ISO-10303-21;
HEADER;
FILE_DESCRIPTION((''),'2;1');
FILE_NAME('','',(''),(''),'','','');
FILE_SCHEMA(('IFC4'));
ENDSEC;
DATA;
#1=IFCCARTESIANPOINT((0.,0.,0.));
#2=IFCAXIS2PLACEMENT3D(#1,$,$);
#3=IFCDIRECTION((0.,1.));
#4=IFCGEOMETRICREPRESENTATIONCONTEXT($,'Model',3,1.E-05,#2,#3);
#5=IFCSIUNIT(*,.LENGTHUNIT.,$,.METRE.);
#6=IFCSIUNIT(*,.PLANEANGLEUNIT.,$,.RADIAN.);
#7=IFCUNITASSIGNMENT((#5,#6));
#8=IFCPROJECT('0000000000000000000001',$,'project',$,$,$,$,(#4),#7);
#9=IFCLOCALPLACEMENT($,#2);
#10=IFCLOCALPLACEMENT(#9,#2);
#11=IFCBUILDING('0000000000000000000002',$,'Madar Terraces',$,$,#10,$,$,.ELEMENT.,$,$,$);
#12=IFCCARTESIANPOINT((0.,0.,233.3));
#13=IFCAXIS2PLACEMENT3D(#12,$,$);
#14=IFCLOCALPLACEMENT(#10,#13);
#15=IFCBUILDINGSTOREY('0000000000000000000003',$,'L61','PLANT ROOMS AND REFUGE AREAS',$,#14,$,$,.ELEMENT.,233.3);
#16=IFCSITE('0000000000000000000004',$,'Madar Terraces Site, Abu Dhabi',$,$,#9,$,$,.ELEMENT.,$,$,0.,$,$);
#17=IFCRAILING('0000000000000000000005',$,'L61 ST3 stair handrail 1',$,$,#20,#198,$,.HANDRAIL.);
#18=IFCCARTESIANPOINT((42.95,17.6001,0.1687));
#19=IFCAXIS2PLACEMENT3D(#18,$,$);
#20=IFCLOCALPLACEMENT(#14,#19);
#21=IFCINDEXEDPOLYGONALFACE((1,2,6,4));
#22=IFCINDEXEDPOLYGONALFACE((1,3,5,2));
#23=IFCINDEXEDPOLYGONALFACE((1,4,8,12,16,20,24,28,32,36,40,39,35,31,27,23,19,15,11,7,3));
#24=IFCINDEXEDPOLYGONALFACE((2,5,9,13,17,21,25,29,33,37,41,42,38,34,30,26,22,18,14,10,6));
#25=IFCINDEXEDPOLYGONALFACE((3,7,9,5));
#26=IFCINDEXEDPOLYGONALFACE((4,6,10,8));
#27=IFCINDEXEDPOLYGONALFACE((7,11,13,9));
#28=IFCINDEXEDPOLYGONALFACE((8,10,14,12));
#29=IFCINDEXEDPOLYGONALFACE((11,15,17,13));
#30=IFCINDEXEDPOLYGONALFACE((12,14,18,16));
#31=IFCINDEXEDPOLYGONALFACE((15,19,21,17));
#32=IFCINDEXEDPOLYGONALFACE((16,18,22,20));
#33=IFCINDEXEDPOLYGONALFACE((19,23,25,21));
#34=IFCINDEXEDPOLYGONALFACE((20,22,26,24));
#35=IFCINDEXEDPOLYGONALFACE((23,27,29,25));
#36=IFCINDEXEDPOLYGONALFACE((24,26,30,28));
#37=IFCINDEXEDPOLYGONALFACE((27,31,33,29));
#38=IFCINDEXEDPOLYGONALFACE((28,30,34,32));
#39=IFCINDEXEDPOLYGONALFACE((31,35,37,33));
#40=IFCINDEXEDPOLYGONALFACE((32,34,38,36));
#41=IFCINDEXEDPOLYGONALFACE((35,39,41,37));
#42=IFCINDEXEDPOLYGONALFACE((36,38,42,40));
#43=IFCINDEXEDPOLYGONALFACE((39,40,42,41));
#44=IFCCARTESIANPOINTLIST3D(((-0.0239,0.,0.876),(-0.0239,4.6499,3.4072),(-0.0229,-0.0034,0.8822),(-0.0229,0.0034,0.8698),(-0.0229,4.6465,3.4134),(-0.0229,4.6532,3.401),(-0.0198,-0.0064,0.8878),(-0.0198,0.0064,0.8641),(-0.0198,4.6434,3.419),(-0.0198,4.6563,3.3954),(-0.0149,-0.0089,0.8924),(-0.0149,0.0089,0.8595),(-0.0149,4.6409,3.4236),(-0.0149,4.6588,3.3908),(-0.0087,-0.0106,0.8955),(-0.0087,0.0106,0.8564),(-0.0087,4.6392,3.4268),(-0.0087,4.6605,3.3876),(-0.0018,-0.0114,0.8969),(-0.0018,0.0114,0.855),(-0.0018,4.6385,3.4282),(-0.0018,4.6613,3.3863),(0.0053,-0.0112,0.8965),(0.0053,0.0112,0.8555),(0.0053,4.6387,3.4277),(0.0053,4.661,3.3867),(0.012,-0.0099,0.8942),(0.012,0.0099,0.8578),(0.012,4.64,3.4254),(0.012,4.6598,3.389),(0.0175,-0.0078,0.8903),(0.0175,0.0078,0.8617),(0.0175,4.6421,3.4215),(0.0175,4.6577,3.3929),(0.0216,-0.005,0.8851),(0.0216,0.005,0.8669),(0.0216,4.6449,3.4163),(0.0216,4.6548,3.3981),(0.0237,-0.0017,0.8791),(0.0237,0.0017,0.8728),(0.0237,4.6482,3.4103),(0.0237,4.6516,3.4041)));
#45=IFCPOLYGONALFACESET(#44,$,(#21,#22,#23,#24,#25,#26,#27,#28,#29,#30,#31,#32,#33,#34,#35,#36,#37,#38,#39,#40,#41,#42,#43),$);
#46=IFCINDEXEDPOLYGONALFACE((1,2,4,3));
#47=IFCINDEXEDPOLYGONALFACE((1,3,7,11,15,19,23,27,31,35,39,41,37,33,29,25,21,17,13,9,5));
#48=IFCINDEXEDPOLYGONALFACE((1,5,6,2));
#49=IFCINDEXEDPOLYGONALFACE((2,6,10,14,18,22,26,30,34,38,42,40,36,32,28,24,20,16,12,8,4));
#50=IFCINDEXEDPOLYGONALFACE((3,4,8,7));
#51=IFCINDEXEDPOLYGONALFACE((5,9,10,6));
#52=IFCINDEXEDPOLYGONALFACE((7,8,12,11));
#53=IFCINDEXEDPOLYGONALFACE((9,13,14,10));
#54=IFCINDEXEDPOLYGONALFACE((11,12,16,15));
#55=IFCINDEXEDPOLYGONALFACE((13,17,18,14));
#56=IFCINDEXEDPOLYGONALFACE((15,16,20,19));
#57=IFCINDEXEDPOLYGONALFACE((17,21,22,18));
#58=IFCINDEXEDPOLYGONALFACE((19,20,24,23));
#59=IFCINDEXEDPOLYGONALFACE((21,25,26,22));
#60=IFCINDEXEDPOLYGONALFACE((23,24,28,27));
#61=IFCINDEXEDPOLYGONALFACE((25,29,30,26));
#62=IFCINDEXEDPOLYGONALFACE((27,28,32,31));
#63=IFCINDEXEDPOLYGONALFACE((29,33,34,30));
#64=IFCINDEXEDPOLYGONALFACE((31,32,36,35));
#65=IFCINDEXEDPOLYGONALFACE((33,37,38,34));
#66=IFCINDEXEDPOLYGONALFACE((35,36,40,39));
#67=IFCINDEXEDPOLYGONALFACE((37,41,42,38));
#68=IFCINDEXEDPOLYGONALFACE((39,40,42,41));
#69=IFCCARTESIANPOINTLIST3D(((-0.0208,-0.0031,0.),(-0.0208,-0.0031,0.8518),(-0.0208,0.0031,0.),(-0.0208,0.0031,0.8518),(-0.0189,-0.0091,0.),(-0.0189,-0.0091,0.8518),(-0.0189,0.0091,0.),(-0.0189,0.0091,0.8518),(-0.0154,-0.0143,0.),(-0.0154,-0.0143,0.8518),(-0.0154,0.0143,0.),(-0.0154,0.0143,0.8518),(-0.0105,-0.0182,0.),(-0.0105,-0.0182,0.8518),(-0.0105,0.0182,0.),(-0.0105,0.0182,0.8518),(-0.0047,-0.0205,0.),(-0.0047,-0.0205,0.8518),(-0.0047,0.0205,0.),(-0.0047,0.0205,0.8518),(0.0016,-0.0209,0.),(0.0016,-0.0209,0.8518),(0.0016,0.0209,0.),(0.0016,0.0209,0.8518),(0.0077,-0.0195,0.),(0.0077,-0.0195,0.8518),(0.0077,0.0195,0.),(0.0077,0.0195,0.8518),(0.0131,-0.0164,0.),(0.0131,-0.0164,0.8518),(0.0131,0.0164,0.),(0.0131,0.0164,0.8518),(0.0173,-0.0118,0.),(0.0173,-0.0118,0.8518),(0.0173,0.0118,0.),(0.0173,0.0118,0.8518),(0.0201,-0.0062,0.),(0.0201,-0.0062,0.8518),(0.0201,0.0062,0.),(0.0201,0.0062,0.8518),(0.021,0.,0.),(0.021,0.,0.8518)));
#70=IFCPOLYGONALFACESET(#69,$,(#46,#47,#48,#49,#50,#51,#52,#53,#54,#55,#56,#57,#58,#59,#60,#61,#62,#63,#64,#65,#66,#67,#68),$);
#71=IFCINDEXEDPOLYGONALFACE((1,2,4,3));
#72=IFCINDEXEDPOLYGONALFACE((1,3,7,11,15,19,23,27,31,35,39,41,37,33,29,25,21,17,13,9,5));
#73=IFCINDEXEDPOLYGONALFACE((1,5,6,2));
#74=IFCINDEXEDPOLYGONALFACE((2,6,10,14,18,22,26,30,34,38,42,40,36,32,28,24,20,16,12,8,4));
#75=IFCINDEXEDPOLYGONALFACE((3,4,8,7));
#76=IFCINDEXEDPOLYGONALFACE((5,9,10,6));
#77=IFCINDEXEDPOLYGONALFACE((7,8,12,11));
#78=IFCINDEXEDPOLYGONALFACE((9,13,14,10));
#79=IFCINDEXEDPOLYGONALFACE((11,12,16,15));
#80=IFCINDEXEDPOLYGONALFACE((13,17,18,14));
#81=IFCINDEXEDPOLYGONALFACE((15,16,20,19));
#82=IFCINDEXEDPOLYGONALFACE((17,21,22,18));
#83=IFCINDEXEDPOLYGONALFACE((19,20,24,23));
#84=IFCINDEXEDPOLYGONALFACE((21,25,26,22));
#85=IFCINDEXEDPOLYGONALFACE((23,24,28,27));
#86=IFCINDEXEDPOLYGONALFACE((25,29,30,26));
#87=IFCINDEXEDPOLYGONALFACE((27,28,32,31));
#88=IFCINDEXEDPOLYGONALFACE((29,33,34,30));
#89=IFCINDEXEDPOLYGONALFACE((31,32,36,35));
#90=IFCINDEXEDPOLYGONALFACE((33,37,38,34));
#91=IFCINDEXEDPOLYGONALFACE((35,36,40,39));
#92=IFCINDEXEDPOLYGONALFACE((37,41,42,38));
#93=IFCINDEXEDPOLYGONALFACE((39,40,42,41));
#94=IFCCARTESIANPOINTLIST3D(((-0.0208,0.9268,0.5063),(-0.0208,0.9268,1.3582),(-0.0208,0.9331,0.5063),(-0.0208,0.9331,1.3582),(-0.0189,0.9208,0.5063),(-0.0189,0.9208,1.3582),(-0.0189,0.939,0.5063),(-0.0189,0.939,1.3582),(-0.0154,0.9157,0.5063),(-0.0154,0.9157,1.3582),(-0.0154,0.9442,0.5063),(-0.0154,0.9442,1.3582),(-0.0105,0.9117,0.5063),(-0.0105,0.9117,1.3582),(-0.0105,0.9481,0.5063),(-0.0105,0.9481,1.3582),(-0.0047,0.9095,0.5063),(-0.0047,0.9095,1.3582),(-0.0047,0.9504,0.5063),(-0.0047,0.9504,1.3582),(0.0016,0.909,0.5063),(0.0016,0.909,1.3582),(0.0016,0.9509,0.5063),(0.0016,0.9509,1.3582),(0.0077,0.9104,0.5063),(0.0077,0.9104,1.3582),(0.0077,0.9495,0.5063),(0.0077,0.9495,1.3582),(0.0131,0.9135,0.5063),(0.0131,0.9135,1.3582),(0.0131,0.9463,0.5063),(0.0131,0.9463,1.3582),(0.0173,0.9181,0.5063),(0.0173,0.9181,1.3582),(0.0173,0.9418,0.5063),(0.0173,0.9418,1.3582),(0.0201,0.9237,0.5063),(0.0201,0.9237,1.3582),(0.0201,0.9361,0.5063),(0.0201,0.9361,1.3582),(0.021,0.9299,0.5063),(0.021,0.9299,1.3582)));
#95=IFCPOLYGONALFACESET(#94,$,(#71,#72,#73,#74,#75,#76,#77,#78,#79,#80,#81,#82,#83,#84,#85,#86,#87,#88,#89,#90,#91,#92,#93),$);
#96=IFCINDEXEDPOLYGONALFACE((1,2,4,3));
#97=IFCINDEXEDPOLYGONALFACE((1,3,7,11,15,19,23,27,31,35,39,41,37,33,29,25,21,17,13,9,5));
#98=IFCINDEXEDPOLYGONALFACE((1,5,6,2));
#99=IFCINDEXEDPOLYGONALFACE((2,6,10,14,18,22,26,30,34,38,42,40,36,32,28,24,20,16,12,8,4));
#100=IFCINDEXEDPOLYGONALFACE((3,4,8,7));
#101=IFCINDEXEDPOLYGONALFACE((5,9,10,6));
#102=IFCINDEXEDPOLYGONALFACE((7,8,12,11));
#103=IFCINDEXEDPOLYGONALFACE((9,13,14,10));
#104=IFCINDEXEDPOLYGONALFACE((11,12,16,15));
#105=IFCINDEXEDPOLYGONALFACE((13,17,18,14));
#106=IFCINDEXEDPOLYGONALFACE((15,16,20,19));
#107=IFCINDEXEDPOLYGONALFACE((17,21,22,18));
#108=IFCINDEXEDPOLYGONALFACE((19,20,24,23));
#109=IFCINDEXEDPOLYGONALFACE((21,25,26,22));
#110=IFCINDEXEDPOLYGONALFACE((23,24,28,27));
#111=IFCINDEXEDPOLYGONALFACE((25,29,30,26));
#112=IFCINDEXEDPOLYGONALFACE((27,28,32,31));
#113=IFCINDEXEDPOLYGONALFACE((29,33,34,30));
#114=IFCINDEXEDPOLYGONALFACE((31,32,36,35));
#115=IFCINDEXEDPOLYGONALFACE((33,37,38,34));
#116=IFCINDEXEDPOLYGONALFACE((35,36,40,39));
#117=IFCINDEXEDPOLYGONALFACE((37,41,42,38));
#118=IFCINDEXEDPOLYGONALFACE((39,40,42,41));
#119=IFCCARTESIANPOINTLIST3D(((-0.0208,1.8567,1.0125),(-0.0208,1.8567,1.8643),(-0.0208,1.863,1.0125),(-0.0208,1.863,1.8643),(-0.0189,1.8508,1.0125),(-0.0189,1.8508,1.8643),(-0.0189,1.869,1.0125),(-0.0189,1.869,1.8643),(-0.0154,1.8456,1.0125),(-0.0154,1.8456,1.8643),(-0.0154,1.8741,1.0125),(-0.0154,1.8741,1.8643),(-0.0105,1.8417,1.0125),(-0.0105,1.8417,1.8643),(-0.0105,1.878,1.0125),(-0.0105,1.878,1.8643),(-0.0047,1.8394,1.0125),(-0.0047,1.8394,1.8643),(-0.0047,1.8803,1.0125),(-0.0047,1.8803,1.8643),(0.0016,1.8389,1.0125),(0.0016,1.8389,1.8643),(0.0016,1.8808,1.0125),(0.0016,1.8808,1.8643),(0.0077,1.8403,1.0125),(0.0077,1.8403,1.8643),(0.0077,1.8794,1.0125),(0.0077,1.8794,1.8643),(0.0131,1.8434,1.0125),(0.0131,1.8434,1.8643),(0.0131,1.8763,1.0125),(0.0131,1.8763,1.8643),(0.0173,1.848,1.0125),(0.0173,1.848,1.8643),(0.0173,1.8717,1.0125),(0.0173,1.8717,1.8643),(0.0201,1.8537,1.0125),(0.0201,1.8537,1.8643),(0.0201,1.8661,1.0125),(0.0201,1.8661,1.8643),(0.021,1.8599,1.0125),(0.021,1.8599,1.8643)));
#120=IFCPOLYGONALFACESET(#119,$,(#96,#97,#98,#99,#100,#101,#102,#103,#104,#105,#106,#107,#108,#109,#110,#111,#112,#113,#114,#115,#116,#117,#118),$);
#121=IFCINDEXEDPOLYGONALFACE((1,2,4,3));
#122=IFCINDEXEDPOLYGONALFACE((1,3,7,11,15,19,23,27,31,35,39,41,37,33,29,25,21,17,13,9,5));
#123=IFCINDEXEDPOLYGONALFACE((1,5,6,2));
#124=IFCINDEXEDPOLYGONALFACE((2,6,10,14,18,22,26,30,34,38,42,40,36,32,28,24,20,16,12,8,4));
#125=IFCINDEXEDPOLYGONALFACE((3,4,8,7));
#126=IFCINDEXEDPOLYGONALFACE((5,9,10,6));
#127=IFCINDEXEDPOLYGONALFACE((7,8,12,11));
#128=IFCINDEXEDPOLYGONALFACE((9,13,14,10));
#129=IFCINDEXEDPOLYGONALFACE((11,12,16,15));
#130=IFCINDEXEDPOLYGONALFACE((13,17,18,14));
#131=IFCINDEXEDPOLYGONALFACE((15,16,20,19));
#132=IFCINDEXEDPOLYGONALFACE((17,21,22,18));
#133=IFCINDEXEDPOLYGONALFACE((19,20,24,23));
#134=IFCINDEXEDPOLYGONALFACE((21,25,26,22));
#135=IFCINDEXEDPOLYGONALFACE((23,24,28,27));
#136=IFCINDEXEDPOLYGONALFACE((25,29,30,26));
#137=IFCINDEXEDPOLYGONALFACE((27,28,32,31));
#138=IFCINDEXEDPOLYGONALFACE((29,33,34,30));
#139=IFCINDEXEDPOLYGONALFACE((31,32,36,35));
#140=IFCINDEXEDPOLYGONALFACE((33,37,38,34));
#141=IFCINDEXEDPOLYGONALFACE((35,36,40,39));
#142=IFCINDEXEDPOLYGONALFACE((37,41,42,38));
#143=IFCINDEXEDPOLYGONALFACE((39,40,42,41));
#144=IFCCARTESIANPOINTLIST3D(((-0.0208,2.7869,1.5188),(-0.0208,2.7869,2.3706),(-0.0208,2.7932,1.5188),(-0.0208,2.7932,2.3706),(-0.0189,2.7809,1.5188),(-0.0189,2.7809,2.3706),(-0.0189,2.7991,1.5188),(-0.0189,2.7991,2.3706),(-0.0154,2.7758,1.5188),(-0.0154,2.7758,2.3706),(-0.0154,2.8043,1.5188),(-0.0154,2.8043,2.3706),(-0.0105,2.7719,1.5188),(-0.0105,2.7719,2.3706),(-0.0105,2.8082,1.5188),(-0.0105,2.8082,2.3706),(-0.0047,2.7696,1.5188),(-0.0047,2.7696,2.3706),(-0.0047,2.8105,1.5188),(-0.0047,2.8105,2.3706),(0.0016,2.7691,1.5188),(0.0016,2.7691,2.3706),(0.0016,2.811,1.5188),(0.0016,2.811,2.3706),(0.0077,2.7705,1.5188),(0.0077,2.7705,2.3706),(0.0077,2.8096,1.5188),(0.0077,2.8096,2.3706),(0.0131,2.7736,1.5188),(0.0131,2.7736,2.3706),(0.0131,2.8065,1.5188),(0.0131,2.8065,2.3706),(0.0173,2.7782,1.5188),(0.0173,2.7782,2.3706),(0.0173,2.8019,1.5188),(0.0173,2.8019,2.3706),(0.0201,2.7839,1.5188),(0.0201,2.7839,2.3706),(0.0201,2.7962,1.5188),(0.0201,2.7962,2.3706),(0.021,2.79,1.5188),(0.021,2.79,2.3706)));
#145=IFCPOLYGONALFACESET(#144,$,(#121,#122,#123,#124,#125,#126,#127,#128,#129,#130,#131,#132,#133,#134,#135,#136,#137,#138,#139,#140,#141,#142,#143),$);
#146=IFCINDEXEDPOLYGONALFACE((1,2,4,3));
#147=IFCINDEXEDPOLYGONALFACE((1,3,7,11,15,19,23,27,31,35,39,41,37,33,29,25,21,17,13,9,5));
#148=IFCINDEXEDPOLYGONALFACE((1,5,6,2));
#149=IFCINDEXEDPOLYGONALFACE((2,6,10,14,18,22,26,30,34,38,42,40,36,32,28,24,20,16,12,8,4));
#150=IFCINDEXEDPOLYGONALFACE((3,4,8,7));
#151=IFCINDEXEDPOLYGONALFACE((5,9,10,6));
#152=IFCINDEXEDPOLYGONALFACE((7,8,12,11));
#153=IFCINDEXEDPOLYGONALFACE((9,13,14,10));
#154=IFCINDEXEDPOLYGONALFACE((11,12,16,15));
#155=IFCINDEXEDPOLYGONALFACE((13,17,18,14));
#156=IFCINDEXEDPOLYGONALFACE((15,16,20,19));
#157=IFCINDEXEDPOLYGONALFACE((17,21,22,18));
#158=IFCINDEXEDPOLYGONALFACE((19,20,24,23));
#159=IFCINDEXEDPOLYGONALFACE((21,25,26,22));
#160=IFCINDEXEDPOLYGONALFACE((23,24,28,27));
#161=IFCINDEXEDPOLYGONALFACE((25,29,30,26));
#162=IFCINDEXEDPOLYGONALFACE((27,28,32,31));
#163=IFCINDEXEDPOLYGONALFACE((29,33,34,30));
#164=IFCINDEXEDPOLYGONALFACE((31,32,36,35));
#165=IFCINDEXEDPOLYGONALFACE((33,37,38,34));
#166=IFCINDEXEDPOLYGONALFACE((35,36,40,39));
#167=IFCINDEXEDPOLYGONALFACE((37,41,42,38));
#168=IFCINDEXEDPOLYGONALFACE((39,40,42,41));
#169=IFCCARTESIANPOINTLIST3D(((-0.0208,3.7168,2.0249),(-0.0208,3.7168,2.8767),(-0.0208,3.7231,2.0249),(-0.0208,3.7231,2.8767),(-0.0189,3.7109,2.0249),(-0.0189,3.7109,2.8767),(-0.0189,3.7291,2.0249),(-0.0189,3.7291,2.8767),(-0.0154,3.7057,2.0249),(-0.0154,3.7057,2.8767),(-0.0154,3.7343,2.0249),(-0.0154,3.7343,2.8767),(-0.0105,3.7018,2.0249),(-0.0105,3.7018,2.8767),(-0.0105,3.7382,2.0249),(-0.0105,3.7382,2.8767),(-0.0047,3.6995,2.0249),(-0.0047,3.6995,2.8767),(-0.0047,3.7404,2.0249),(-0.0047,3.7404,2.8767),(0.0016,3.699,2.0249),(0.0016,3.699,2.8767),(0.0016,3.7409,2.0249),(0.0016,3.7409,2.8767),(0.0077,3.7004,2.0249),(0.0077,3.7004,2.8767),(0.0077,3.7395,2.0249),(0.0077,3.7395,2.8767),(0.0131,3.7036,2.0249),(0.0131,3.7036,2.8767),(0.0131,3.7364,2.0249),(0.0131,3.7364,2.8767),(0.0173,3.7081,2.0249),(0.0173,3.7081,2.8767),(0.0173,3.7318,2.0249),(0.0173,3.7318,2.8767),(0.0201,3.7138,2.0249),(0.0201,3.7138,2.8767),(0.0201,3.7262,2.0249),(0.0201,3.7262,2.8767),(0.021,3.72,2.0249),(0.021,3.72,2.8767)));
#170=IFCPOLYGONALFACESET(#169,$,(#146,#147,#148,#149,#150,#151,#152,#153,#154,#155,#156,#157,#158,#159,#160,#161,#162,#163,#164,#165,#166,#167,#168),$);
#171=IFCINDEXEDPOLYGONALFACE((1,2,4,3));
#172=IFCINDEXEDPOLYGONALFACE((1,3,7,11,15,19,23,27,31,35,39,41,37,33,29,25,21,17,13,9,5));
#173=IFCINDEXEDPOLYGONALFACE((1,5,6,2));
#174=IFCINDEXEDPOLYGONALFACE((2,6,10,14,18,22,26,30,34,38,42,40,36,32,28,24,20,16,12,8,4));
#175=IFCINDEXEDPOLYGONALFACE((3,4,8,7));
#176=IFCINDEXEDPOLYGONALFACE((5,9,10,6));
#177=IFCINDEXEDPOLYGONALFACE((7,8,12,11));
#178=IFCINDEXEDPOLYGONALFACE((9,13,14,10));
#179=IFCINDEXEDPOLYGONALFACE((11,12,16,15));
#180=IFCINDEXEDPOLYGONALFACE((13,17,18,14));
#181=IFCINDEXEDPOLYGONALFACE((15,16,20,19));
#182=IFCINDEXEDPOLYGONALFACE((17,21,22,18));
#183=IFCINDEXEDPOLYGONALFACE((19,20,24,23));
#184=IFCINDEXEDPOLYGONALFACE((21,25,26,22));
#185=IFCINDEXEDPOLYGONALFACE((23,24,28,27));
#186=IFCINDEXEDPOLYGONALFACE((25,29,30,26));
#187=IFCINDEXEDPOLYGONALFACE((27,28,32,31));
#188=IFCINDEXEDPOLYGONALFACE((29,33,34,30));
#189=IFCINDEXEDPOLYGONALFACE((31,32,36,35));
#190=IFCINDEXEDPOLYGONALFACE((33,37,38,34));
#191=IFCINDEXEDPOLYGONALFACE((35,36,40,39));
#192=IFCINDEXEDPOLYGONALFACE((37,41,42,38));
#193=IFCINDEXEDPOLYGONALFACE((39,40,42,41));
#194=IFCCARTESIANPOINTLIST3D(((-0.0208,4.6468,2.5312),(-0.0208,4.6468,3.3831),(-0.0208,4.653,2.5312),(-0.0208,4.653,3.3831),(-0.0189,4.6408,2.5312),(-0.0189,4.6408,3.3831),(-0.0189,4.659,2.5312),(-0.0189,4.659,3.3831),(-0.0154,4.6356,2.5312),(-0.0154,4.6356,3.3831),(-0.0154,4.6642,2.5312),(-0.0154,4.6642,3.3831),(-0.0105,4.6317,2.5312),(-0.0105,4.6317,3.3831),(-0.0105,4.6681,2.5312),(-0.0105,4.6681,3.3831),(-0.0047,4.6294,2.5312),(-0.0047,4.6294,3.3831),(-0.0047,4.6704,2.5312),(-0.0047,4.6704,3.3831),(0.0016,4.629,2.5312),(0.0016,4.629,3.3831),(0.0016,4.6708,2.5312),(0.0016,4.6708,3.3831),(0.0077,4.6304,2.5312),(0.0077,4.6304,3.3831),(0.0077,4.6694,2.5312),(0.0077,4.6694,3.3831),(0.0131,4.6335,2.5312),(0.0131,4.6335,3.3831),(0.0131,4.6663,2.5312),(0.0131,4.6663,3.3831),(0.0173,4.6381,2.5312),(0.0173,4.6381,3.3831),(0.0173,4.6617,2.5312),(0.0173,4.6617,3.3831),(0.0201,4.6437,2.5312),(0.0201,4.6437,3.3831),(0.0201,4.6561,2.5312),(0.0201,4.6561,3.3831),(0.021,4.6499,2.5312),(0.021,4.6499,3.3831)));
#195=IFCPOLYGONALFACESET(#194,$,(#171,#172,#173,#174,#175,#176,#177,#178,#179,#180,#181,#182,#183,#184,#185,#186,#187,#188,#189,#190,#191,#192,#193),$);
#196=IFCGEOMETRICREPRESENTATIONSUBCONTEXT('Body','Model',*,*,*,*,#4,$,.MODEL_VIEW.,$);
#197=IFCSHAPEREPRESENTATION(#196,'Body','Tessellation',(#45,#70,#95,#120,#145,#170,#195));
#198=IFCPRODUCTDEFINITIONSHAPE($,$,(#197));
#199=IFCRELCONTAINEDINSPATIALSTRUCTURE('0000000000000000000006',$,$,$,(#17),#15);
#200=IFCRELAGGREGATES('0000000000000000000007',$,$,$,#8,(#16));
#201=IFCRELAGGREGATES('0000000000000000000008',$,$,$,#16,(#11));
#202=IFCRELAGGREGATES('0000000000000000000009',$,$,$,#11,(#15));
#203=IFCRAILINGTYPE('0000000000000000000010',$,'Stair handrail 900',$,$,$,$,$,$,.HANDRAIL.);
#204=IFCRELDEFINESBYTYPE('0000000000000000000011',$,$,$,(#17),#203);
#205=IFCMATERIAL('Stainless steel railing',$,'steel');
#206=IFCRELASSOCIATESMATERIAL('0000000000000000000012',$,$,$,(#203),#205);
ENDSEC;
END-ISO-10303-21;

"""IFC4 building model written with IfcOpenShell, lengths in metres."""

from ifc_helpers import new_model, si_unit, direction, frame, origin, origin_2d, place, context, subcontext, project, spatial, circle, extrude, material, type_object, element, save


model = new_model("IFC4")

# Units and contexts
model_context = context("Model", 3, precision=1e-05, world=origin(), true_north=direction((0.0, 1.0)))
body_context = subcontext(model_context, "Body", "Model", "MODEL_VIEW")
ifc_project = project(units=[si_unit("LENGTHUNIT", "METRE"), si_unit("PLANEANGLEUNIT", "RADIAN")], contexts=[model_context])

# Site, building, storey
site_placement = place(None, origin())
site = spatial("IfcSite", under=ifc_project, at=site_placement, Name="Madar Terraces Site, Abu Dhabi", CompositionType="ELEMENT", RefElevation=0.0)
building_placement = place(site_placement, origin())
building = spatial("IfcBuilding", under=site, at=building_placement, Name="Madar Terraces", CompositionType="ELEMENT")
storey_placement = place(building_placement, frame((0.0, 0.0, 233.3)))
storey = spatial("IfcBuildingStorey", under=building, at=storey_placement, Name="L61", Description="PLANT ROOMS AND REFUGE AREAS", CompositionType="ELEMENT", Elevation=233.3)

# Railing
ifc_material_1 = material(Name="Stainless steel railing", Category="steel")
railing_type_1 = type_object("IfcRailingType", Name="Stair handrail 900", PredefinedType="HANDRAIL", material=ifc_material_1)
railing_1_placement = place(storey_placement, frame((42.95, 17.6001, 0.1687)))
element("IfcRailing", 1, at=railing_1_placement, inside=storey, type_object=railing_type_1, Name="L61 ST3 stair handrail 1", PredefinedType="HANDRAIL", context=body_context, shape_type="SweptSolid", body=[
    extrude(circle(Radius=0.0239, at=origin_2d()), frame((0.0, 0.0, 0.876), z_axis=(0.0, 0.878297, 0.478115), x_axis=(-1.0, 0.0, 0.0)), (0.0, 0.0, 1.0), 5.2942),
    extrude(circle(Radius=0.021, at=origin_2d()), origin(), (0.0, 0.0, 1.0), 0.8518),
    extrude(circle(Radius=0.021, at=origin_2d()), frame((0.0, 0.9299, 0.5063)), (0.0, 0.0, 1.0), 0.8518),
    extrude(circle(Radius=0.021, at=origin_2d()), frame((0.0, 1.8599, 1.0125)), (0.0, 0.0, 1.0), 0.8518),
    extrude(circle(Radius=0.021, at=origin_2d()), frame((0.0, 2.79, 1.5188)), (0.0, 0.0, 1.0), 0.8518),
    extrude(circle(Radius=0.021, at=origin_2d()), frame((0.0, 3.72, 2.0249)), (0.0, 0.0, 1.0), 0.8518),
    extrude(circle(Radius=0.021, at=origin_2d()), frame((0.0, 4.6499, 2.5312)), (0.0, 0.0, 1.0), 0.8518),
])

save(model, "model.ifc")
